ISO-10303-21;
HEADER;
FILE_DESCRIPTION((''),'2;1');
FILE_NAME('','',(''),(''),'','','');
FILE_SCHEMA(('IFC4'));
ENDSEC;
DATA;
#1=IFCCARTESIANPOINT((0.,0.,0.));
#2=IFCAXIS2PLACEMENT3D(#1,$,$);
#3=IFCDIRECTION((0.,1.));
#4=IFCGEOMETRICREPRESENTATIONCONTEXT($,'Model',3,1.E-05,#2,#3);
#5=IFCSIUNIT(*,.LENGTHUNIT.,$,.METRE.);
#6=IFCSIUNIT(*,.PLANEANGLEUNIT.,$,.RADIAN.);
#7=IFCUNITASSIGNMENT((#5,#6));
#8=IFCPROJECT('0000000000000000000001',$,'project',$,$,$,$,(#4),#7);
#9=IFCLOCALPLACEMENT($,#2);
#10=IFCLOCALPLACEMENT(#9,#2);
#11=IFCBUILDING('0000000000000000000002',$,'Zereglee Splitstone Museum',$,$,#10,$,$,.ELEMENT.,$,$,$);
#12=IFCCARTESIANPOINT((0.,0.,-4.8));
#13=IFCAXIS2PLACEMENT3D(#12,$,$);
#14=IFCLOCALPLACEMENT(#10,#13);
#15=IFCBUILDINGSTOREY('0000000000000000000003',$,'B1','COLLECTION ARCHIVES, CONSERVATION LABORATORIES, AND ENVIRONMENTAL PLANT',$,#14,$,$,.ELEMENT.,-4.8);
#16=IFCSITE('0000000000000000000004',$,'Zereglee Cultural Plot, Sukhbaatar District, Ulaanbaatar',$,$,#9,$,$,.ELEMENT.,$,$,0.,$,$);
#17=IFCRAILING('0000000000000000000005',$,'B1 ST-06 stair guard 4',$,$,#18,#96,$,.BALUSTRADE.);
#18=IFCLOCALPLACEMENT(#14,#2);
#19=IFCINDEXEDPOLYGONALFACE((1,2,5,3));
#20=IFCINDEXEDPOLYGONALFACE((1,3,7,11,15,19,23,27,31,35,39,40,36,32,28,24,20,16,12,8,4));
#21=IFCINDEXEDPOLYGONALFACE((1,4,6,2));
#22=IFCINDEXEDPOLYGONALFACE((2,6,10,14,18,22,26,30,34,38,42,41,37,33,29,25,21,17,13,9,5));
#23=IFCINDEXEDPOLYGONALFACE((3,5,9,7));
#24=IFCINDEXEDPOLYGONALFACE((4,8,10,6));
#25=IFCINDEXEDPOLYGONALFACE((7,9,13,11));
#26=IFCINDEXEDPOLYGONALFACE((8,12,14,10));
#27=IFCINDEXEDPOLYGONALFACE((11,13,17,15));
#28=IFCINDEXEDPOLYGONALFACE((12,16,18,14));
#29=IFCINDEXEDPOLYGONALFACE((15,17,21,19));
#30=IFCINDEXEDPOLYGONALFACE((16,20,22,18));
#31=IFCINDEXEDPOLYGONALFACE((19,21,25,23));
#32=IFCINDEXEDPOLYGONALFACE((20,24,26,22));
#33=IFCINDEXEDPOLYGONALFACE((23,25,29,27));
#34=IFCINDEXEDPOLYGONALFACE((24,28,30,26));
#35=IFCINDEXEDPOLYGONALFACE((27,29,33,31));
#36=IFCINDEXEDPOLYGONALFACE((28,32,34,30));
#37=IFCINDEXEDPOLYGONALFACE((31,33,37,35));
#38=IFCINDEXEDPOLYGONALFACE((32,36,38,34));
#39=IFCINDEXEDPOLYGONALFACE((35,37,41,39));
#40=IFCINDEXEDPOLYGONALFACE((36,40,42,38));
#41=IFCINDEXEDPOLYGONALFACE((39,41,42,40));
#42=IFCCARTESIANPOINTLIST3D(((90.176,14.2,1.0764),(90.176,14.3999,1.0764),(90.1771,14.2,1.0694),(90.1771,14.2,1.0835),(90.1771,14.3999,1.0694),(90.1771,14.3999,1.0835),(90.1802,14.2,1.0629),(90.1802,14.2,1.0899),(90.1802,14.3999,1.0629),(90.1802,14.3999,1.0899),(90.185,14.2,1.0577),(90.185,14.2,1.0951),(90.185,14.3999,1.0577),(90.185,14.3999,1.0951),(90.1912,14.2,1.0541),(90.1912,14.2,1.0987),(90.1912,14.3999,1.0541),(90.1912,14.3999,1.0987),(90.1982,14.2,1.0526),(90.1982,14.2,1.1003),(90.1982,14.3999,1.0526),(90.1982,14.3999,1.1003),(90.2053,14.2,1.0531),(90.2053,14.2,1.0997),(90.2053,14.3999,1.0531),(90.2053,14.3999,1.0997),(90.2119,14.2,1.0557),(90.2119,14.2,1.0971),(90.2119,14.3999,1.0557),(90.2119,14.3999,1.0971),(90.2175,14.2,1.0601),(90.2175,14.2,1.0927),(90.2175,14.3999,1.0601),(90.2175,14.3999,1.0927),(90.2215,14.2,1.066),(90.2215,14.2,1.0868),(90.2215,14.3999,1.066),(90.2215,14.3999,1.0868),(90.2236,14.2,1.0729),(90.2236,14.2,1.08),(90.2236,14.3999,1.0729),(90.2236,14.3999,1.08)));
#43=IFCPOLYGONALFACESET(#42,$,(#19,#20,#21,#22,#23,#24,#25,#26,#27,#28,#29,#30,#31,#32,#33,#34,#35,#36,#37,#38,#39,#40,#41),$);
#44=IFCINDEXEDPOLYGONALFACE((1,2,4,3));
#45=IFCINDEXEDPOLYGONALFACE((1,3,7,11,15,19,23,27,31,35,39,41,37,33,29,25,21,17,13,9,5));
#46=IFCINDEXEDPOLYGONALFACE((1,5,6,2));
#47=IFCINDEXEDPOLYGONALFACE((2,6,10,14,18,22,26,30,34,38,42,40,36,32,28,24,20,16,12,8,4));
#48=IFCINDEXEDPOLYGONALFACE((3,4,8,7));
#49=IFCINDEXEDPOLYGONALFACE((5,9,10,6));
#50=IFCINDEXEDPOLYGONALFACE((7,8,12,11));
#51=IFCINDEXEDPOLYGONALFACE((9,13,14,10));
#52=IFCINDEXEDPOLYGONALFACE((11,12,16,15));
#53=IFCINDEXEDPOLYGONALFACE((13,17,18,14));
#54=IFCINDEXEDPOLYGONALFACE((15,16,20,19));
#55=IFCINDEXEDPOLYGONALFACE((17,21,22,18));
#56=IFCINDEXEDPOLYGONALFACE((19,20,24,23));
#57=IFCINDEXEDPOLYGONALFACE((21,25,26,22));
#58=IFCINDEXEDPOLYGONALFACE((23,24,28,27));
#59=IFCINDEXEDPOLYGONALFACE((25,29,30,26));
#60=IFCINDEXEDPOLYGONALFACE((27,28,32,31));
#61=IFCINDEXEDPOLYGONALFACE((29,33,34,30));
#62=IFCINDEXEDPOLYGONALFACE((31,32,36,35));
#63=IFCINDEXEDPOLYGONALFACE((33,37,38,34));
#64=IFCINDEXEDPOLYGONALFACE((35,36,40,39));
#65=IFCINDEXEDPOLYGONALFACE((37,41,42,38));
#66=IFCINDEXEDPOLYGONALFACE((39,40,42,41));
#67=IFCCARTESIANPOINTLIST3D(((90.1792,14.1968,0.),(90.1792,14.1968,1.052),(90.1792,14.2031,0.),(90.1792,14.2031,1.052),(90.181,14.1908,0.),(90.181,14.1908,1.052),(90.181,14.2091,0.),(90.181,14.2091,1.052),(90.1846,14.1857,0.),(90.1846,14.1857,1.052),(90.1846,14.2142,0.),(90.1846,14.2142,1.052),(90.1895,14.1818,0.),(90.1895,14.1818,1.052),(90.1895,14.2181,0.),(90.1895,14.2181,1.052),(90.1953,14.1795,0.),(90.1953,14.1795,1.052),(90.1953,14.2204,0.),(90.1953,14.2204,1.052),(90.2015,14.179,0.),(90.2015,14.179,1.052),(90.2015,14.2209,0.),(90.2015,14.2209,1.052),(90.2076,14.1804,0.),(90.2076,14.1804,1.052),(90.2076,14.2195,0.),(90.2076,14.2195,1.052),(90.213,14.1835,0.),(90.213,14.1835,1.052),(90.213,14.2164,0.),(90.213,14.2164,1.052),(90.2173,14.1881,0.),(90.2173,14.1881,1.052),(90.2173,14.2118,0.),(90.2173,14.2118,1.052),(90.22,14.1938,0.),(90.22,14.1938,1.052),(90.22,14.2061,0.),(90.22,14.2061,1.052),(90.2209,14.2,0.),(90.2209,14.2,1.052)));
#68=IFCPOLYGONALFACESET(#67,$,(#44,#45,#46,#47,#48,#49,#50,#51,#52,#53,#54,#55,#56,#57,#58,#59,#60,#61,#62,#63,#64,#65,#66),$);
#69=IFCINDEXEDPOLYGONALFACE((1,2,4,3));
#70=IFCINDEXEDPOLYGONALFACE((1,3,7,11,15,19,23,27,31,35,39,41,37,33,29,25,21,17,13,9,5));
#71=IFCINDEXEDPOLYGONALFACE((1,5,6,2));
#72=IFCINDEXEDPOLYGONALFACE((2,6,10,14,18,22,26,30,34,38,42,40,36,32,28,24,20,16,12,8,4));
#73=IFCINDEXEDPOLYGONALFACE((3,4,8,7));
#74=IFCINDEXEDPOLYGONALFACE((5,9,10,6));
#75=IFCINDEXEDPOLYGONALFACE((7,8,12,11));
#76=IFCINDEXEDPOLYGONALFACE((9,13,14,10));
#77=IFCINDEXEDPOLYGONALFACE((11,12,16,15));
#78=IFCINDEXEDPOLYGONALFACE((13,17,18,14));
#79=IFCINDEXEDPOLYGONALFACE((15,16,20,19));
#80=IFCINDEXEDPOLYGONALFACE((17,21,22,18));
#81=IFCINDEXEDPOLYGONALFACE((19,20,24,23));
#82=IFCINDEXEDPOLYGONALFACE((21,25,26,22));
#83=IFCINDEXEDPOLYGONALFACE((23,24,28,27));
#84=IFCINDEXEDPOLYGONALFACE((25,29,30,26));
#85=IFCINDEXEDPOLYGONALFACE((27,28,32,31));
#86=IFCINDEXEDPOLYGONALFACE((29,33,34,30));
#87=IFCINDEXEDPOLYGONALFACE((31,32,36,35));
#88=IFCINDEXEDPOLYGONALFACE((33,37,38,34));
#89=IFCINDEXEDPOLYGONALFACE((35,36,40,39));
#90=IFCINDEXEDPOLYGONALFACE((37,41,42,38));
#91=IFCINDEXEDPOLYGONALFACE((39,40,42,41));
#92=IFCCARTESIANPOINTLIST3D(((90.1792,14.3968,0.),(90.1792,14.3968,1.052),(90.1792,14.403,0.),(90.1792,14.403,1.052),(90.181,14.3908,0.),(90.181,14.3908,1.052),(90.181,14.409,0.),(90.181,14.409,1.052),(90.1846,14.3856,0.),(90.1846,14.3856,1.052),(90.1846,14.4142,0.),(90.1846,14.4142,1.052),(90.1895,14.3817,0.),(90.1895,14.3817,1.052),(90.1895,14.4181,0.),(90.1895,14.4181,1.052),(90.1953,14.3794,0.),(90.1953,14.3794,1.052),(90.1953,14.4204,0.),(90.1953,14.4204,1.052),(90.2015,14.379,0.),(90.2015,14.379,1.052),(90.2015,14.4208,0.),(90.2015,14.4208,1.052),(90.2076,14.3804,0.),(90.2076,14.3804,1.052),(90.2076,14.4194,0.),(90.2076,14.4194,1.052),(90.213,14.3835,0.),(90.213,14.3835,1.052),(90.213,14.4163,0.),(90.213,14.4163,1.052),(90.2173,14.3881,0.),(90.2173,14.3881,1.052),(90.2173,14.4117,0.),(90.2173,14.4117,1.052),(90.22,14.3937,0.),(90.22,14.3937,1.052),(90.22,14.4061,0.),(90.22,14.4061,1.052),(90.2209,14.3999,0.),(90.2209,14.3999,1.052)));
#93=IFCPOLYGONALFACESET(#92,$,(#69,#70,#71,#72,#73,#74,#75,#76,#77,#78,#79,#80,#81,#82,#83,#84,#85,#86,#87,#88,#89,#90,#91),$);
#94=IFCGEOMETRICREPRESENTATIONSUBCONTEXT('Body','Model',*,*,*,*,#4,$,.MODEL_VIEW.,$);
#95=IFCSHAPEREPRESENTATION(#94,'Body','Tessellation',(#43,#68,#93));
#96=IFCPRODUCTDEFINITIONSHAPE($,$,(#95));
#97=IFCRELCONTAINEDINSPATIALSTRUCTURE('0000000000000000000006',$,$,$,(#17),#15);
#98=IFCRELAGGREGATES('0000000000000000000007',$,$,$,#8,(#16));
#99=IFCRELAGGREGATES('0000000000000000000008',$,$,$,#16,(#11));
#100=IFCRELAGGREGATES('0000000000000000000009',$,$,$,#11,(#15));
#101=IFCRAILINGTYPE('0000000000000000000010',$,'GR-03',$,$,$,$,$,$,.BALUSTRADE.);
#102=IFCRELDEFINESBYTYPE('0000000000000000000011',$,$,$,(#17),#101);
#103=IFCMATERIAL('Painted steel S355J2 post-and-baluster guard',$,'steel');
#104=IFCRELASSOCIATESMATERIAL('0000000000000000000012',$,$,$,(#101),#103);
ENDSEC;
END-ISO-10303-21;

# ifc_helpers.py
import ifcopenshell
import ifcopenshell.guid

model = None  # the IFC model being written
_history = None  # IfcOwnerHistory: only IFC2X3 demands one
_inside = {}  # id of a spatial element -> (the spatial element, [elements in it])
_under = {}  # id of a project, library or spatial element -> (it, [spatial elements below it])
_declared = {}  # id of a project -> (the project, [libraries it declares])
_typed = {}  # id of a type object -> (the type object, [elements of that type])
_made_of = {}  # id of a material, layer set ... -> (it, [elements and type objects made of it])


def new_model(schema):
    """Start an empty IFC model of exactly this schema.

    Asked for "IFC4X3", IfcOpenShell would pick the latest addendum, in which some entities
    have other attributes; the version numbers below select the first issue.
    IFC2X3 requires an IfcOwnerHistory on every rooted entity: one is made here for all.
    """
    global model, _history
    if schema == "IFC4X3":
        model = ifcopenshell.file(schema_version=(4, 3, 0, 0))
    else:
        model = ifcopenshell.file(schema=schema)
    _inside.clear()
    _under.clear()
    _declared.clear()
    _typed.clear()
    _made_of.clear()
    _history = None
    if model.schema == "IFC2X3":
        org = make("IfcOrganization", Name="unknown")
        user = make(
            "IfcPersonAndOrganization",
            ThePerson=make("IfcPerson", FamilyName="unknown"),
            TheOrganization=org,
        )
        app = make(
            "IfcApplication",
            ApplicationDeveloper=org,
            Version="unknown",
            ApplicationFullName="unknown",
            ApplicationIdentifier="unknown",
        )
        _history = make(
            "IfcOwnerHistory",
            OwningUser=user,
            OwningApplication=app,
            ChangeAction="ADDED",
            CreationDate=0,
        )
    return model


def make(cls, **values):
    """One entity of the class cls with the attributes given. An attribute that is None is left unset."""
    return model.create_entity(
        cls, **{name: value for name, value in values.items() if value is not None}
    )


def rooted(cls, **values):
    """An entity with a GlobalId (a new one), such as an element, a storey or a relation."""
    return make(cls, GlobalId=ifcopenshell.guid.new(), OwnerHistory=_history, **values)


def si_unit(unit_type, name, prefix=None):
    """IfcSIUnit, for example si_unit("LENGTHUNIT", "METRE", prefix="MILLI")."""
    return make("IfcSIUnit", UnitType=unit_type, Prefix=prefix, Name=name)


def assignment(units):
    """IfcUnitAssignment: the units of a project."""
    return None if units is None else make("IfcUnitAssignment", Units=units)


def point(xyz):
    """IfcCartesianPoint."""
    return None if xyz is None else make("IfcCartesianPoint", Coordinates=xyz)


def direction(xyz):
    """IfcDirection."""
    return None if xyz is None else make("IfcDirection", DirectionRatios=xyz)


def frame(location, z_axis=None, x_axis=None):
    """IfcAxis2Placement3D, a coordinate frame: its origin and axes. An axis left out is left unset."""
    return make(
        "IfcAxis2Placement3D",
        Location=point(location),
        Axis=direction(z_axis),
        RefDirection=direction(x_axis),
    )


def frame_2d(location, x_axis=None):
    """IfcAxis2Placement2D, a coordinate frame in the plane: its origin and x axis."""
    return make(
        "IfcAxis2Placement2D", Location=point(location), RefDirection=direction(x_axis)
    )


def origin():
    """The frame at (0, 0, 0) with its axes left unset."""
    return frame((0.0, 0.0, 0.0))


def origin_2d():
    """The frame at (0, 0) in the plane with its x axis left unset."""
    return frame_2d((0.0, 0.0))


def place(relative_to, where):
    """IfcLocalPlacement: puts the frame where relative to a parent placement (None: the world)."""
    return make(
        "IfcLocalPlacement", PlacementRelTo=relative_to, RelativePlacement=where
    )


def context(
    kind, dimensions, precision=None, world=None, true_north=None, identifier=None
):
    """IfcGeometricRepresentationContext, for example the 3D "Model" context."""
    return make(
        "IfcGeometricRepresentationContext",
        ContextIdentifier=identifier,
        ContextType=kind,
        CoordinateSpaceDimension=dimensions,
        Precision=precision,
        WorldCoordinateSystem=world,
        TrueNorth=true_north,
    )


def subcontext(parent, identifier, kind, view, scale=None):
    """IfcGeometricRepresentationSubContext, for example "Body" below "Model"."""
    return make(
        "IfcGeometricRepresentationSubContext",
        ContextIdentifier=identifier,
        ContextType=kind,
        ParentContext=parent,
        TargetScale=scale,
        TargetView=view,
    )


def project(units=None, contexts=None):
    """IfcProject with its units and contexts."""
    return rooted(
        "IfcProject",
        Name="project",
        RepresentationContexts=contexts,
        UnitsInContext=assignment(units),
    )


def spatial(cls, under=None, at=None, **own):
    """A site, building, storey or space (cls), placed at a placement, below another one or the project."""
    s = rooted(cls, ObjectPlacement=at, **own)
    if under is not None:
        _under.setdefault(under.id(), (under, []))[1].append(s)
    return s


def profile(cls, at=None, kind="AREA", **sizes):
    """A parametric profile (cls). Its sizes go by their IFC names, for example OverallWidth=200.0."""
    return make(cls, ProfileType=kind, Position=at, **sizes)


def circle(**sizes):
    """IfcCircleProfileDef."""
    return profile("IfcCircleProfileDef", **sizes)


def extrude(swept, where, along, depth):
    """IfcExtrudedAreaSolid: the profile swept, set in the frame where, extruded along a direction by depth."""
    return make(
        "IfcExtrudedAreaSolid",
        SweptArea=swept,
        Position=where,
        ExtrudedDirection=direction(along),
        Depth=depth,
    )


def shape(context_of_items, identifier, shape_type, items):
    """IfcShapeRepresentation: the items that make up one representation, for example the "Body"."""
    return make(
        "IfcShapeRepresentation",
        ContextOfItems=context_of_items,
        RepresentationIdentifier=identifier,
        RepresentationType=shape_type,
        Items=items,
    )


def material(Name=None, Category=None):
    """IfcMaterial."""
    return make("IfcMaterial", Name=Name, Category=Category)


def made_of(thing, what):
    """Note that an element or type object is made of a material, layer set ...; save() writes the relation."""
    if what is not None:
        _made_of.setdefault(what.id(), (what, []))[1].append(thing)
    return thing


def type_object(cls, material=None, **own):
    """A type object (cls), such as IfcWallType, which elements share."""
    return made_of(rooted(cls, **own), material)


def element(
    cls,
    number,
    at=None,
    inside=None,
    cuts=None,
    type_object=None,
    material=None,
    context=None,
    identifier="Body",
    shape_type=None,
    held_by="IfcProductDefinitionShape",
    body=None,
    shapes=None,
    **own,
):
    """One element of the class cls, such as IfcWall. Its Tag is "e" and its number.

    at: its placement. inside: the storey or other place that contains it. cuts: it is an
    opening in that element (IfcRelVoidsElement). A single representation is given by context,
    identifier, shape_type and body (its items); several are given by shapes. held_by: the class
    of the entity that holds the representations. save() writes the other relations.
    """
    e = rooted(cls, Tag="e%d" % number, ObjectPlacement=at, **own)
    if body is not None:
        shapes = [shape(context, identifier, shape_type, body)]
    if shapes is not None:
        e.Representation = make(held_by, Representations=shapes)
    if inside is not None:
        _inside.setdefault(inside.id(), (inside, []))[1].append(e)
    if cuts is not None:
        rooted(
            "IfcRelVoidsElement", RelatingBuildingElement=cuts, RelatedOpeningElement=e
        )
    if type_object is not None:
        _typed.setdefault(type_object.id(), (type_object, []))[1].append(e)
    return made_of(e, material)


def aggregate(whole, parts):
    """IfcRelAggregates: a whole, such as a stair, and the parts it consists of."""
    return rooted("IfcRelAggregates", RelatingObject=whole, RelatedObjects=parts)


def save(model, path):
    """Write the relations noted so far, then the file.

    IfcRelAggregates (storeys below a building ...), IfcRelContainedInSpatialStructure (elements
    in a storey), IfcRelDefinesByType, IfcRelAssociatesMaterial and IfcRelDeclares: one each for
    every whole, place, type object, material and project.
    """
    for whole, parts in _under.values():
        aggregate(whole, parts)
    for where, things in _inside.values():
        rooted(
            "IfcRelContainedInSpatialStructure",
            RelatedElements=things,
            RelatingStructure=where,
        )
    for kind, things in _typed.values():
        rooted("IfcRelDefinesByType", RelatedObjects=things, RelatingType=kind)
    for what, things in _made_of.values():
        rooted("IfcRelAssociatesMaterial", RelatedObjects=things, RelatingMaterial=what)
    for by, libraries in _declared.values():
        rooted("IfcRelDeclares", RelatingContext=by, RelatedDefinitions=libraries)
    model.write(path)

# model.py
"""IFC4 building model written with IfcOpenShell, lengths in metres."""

from ifc_helpers import new_model, si_unit, direction, frame, origin, origin_2d, place, context, subcontext, project, spatial, circle, extrude, material, type_object, element, save


model = new_model("IFC4")

# Units and contexts
model_context = context("Model", 3, precision=1e-05, world=origin(), true_north=direction((0.0, 1.0)))
body_context = subcontext(model_context, "Body", "Model", "MODEL_VIEW")
ifc_project = project(units=[si_unit("LENGTHUNIT", "METRE"), si_unit("PLANEANGLEUNIT", "RADIAN")], contexts=[model_context])

# Site, building, storey
site_placement = place(None, origin())
site = spatial("IfcSite", under=ifc_project, at=site_placement, Name="Zereglee Cultural Plot, Sukhbaatar District, Ulaanbaatar", CompositionType="ELEMENT", RefElevation=0.0)
building_placement = place(site_placement, origin())
building = spatial("IfcBuilding", under=site, at=building_placement, Name="Zereglee Splitstone Museum", CompositionType="ELEMENT")
storey_placement = place(building_placement, frame((0.0, 0.0, -4.8)))
storey = spatial("IfcBuildingStorey", under=building, at=storey_placement, Name="B1", Description="COLLECTION ARCHIVES, CONSERVATION LABORATORIES, AND ENVIRONMENTAL PLANT", CompositionType="ELEMENT", Elevation=-4.8)

# Railing
ifc_material_1 = material(Name="Painted steel S355J2 post-and-baluster guard", Category="steel")
railing_type_1 = type_object("IfcRailingType", Name="GR-03", PredefinedType="BALUSTRADE", material=ifc_material_1)
railing_1_placement = place(storey_placement, frame((90.2, 14.2, 0.0)))
element("IfcRailing", 1, at=railing_1_placement, inside=storey, type_object=railing_type_1, Name="B1 ST-06 stair guard 4", PredefinedType="BALUSTRADE", context=body_context, shape_type="SweptSolid", body=[
    extrude(circle(Radius=0.0239, at=origin_2d()), frame((0.0, 0.0, 1.0764), z_axis=(0.0, 1.0, 0.0), x_axis=(-1.0, 0.0, 0.0)), (0.0, 0.0, 1.0), 0.2),
    extrude(circle(Radius=0.021, at=origin_2d()), origin(), (0.0, 0.0, 1.0), 1.052),
    extrude(circle(Radius=0.021, at=origin_2d()), frame((0.0, 0.2, 0.0)), (0.0, 0.0, 1.0), 1.052),
])

save(model, "model.ifc")
